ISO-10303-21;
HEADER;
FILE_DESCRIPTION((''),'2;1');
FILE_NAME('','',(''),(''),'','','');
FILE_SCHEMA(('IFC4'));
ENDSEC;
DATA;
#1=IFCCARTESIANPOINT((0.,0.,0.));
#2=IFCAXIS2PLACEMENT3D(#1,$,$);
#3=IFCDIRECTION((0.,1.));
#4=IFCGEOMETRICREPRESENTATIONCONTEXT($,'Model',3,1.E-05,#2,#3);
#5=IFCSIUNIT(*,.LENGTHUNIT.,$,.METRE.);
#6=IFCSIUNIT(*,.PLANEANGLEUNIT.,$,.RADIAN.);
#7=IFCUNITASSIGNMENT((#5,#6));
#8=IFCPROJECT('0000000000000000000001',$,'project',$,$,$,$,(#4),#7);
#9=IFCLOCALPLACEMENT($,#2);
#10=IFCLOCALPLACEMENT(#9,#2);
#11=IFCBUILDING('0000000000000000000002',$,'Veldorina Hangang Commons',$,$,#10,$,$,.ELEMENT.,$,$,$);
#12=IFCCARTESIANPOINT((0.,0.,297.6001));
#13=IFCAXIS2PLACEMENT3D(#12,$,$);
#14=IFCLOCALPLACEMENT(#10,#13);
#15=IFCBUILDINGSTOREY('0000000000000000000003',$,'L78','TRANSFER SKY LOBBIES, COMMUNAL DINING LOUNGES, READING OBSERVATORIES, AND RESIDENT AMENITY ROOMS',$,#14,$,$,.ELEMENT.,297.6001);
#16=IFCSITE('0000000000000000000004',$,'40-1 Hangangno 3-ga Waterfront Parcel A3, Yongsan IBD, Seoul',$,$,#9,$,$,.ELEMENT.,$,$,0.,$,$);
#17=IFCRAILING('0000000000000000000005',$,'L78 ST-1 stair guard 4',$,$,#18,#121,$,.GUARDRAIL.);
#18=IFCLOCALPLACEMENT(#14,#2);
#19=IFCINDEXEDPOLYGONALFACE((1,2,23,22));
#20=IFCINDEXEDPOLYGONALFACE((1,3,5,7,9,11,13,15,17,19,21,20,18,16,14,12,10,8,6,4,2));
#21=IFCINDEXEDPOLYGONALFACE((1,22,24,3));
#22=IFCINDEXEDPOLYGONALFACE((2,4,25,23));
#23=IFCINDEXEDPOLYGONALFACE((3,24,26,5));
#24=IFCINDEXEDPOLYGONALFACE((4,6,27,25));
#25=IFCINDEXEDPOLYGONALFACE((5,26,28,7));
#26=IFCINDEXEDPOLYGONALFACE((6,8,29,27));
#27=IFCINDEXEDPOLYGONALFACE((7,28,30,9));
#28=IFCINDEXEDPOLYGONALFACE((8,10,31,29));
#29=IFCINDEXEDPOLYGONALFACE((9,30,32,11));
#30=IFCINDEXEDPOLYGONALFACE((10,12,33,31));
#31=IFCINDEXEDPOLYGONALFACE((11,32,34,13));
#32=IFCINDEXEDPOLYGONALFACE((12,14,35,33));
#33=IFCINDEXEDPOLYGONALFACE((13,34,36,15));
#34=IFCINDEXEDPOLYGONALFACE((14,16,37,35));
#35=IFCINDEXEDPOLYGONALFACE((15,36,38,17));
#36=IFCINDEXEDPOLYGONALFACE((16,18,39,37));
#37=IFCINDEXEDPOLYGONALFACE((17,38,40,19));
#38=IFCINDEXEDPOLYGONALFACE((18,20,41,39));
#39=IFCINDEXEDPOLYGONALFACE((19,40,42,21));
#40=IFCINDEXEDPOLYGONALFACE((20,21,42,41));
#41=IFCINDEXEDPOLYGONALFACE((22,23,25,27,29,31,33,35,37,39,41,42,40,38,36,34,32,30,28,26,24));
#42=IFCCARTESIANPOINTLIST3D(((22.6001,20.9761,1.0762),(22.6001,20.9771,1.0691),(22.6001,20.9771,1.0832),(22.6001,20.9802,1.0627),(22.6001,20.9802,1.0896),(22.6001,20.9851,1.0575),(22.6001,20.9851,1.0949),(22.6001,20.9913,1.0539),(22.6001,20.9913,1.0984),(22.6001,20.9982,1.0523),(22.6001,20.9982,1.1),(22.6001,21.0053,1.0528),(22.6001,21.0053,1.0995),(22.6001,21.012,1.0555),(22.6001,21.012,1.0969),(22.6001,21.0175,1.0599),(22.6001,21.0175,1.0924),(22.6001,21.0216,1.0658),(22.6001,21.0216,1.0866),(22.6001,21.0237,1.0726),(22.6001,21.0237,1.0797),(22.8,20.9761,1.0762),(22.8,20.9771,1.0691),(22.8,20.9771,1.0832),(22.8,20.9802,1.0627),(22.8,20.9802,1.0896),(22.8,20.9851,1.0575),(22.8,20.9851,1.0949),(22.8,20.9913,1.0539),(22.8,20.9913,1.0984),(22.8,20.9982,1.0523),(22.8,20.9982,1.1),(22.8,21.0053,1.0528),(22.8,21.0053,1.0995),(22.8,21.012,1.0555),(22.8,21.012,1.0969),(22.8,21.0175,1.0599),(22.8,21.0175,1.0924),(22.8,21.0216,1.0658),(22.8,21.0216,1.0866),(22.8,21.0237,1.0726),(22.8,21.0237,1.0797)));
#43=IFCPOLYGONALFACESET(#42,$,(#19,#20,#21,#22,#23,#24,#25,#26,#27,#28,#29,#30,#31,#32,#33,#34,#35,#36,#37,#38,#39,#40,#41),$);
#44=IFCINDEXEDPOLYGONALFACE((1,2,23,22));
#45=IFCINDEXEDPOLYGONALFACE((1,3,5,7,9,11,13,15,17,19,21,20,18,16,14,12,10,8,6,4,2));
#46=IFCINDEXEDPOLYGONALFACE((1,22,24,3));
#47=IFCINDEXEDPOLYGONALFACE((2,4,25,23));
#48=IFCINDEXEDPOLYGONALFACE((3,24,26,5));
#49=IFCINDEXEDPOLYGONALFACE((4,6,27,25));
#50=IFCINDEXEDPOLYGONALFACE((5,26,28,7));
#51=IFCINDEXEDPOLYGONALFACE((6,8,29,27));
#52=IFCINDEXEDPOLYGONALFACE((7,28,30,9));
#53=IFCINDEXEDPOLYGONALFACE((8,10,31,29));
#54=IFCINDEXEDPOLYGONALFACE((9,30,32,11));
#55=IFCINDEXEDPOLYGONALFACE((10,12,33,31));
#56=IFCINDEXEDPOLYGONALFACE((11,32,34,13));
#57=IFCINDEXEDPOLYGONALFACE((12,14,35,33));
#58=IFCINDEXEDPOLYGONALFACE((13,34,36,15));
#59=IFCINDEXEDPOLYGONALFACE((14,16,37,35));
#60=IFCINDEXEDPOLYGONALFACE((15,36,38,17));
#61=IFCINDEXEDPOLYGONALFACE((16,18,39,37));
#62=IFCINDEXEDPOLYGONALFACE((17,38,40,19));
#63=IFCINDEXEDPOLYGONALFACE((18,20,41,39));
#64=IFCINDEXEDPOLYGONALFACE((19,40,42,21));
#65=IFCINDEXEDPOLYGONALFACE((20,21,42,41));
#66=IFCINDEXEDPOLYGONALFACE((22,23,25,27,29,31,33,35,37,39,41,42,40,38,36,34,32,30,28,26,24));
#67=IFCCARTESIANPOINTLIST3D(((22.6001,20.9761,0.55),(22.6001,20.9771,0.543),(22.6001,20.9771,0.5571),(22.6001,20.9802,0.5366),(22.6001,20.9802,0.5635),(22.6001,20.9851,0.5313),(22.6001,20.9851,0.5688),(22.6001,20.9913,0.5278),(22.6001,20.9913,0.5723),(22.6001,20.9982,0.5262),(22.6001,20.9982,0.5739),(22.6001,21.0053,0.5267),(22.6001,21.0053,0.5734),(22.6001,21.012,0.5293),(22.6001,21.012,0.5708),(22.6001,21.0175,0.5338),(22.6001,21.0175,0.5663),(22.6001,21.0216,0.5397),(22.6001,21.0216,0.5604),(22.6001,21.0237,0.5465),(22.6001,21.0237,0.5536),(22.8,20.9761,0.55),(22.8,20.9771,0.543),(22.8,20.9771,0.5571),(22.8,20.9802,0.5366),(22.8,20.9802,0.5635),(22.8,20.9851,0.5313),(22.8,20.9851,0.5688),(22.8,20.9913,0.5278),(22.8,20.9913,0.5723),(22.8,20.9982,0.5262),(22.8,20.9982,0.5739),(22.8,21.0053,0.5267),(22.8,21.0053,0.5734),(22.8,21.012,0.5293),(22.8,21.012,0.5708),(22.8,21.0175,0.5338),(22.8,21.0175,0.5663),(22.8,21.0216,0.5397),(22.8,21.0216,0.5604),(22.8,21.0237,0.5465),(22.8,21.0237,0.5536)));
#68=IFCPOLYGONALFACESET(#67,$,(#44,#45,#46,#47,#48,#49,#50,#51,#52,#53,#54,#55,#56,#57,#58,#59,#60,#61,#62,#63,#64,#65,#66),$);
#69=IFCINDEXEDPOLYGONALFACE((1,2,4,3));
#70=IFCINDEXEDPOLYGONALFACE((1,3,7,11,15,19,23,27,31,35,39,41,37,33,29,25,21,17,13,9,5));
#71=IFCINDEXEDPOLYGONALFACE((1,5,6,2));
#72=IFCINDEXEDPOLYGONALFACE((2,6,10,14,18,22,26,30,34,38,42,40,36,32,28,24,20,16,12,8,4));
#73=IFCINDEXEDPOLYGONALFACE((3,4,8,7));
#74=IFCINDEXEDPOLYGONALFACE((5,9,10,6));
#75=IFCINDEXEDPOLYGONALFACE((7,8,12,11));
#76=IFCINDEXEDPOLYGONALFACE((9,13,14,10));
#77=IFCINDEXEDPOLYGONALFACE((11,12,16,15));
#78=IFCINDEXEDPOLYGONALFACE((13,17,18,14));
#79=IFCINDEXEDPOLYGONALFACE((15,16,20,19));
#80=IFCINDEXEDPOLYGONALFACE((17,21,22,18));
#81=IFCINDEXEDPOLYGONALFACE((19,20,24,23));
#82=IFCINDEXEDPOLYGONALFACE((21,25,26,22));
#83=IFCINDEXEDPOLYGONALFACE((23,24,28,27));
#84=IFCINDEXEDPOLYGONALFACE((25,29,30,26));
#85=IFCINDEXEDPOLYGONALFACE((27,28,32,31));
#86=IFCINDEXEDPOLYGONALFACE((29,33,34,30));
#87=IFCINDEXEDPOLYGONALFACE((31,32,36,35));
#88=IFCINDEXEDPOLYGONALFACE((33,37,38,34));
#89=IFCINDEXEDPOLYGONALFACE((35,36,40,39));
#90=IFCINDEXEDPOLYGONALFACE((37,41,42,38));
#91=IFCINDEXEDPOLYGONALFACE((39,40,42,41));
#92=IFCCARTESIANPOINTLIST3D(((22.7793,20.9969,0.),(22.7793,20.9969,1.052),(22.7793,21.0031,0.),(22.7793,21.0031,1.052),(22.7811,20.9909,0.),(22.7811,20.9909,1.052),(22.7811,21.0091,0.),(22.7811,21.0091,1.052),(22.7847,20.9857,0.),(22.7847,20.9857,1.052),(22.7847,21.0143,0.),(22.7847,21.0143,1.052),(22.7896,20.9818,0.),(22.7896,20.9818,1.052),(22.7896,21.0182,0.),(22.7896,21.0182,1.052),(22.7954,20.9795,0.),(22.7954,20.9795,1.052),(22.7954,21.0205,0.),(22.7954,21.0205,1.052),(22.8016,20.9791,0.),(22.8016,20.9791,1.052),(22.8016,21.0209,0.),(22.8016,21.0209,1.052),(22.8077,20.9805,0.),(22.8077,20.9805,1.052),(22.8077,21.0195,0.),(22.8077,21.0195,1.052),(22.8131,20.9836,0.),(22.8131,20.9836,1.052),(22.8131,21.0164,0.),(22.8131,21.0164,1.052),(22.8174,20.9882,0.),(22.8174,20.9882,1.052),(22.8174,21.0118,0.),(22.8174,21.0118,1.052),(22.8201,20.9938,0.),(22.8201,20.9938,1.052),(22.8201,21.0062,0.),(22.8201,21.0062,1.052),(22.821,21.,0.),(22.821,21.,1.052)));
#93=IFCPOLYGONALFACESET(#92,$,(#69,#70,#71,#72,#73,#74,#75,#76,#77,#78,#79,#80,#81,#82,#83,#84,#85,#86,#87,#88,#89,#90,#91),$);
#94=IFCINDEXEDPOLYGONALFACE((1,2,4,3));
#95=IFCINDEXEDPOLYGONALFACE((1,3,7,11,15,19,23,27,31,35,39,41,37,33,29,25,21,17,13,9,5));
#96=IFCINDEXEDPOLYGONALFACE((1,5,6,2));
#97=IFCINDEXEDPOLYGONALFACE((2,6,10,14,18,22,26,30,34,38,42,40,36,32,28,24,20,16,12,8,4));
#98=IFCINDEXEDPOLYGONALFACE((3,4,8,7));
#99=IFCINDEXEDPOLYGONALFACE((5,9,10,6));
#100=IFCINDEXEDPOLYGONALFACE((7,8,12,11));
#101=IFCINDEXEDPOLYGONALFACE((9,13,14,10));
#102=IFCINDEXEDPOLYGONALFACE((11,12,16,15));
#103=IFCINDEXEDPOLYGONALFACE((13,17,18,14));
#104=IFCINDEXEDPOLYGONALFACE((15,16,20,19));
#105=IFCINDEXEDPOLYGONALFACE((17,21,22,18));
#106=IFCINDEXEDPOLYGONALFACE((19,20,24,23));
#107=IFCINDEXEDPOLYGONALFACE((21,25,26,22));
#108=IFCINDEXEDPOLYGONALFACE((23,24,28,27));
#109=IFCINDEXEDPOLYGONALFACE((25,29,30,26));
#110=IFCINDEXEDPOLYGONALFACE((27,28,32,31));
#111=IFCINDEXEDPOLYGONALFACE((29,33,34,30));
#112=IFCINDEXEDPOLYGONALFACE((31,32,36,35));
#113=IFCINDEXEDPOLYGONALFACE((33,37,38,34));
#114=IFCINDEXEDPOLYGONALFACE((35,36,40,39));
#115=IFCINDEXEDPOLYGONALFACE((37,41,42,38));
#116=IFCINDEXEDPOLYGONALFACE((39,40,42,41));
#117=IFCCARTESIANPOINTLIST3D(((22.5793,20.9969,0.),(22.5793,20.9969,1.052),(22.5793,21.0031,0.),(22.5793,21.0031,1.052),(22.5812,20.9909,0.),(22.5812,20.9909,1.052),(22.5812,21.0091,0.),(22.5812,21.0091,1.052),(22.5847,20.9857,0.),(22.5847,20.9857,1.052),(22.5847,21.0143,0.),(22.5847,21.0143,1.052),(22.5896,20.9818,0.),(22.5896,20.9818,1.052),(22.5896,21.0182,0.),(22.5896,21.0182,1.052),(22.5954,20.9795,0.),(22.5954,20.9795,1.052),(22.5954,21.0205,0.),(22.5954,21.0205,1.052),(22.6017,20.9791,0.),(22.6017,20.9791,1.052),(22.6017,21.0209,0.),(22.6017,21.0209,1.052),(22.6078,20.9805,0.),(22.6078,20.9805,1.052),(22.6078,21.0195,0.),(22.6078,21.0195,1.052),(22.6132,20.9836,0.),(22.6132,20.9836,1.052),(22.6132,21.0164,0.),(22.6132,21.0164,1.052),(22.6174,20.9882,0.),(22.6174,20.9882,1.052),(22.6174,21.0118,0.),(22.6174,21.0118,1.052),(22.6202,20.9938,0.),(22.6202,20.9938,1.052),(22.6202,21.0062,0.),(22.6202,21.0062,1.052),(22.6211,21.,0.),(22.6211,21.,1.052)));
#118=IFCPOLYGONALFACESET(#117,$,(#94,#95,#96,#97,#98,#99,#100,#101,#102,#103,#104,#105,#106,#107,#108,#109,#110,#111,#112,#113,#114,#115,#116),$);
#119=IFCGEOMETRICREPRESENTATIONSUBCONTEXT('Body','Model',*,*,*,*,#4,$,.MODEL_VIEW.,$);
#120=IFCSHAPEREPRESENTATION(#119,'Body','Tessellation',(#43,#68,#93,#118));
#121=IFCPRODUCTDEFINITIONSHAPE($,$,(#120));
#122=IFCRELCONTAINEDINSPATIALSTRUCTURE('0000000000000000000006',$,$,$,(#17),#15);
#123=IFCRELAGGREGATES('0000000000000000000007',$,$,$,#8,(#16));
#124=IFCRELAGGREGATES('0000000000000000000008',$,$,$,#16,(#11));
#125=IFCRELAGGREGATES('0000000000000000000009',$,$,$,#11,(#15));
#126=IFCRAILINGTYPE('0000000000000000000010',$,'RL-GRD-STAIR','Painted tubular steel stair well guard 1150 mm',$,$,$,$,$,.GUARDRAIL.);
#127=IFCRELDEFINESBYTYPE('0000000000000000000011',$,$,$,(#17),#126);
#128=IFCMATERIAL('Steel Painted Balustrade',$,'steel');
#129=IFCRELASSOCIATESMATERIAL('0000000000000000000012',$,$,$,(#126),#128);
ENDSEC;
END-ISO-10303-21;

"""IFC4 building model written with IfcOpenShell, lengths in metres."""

from ifc_helpers import new_model, si_unit, direction, frame, origin, origin_2d, place, context, subcontext, project, spatial, circle, extrude, material, type_object, element, save


model = new_model("IFC4")

# Units and contexts
model_context = context("Model", 3, precision=1e-05, world=origin(), true_north=direction((0.0, 1.0)))
body_context = subcontext(model_context, "Body", "Model", "MODEL_VIEW")
ifc_project = project(units=[si_unit("LENGTHUNIT", "METRE"), si_unit("PLANEANGLEUNIT", "RADIAN")], contexts=[model_context])

# Site, building, storey
site_placement = place(None, origin())
site = spatial("IfcSite", under=ifc_project, at=site_placement, Name="40-1 Hangangno 3-ga Waterfront Parcel A3, Yongsan IBD, Seoul", CompositionType="ELEMENT", RefElevation=0.0)
building_placement = place(site_placement, origin())
building = spatial("IfcBuilding", under=site, at=building_placement, Name="Veldorina Hangang Commons", CompositionType="ELEMENT")
storey_placement = place(building_placement, frame((0.0, 0.0, 297.6001)))
storey = spatial("IfcBuildingStorey", under=building, at=storey_placement, Name="L78", Description="TRANSFER SKY LOBBIES, COMMUNAL DINING LOUNGES, READING OBSERVATORIES, AND RESIDENT AMENITY ROOMS", CompositionType="ELEMENT", Elevation=297.6001)

# Railing
ifc_material_1 = material(Name="Steel Painted Balustrade", Category="steel")
railing_type_1 = type_object("IfcRailingType", Name="RL-GRD-STAIR", Description="Painted tubular steel stair well guard 1150 mm", PredefinedType="GUARDRAIL", material=ifc_material_1)
railing_1_placement = place(storey_placement, frame((22.8, 21.0, 0.0)))
element("IfcRailing", 1, at=railing_1_placement, inside=storey, type_object=railing_type_1, Name="L78 ST-1 stair guard 4", PredefinedType="GUARDRAIL", context=body_context, shape_type="SweptSolid", body=[
    extrude(circle(Radius=0.0239, at=origin_2d()), frame((0.0, 0.0, 1.0762), z_axis=(-1.0, 0.0, 0.0), x_axis=(0.0, -1.0, 0.0)), (0.0, 0.0, 1.0), 0.2),
    extrude(circle(Radius=0.0239, at=origin_2d()), frame((0.0, 0.0, 0.55), z_axis=(-1.0, 0.0, 0.0), x_axis=(0.0, -1.0, 0.0)), (0.0, 0.0, 1.0), 0.2),
    extrude(circle(Radius=0.021, at=origin_2d()), origin(), (0.0, 0.0, 1.0), 1.052),
    extrude(circle(Radius=0.021, at=origin_2d()), frame((-0.2, 0.0, 0.0)), (0.0, 0.0, 1.0), 1.052),
])

save(model, "model.ifc")
